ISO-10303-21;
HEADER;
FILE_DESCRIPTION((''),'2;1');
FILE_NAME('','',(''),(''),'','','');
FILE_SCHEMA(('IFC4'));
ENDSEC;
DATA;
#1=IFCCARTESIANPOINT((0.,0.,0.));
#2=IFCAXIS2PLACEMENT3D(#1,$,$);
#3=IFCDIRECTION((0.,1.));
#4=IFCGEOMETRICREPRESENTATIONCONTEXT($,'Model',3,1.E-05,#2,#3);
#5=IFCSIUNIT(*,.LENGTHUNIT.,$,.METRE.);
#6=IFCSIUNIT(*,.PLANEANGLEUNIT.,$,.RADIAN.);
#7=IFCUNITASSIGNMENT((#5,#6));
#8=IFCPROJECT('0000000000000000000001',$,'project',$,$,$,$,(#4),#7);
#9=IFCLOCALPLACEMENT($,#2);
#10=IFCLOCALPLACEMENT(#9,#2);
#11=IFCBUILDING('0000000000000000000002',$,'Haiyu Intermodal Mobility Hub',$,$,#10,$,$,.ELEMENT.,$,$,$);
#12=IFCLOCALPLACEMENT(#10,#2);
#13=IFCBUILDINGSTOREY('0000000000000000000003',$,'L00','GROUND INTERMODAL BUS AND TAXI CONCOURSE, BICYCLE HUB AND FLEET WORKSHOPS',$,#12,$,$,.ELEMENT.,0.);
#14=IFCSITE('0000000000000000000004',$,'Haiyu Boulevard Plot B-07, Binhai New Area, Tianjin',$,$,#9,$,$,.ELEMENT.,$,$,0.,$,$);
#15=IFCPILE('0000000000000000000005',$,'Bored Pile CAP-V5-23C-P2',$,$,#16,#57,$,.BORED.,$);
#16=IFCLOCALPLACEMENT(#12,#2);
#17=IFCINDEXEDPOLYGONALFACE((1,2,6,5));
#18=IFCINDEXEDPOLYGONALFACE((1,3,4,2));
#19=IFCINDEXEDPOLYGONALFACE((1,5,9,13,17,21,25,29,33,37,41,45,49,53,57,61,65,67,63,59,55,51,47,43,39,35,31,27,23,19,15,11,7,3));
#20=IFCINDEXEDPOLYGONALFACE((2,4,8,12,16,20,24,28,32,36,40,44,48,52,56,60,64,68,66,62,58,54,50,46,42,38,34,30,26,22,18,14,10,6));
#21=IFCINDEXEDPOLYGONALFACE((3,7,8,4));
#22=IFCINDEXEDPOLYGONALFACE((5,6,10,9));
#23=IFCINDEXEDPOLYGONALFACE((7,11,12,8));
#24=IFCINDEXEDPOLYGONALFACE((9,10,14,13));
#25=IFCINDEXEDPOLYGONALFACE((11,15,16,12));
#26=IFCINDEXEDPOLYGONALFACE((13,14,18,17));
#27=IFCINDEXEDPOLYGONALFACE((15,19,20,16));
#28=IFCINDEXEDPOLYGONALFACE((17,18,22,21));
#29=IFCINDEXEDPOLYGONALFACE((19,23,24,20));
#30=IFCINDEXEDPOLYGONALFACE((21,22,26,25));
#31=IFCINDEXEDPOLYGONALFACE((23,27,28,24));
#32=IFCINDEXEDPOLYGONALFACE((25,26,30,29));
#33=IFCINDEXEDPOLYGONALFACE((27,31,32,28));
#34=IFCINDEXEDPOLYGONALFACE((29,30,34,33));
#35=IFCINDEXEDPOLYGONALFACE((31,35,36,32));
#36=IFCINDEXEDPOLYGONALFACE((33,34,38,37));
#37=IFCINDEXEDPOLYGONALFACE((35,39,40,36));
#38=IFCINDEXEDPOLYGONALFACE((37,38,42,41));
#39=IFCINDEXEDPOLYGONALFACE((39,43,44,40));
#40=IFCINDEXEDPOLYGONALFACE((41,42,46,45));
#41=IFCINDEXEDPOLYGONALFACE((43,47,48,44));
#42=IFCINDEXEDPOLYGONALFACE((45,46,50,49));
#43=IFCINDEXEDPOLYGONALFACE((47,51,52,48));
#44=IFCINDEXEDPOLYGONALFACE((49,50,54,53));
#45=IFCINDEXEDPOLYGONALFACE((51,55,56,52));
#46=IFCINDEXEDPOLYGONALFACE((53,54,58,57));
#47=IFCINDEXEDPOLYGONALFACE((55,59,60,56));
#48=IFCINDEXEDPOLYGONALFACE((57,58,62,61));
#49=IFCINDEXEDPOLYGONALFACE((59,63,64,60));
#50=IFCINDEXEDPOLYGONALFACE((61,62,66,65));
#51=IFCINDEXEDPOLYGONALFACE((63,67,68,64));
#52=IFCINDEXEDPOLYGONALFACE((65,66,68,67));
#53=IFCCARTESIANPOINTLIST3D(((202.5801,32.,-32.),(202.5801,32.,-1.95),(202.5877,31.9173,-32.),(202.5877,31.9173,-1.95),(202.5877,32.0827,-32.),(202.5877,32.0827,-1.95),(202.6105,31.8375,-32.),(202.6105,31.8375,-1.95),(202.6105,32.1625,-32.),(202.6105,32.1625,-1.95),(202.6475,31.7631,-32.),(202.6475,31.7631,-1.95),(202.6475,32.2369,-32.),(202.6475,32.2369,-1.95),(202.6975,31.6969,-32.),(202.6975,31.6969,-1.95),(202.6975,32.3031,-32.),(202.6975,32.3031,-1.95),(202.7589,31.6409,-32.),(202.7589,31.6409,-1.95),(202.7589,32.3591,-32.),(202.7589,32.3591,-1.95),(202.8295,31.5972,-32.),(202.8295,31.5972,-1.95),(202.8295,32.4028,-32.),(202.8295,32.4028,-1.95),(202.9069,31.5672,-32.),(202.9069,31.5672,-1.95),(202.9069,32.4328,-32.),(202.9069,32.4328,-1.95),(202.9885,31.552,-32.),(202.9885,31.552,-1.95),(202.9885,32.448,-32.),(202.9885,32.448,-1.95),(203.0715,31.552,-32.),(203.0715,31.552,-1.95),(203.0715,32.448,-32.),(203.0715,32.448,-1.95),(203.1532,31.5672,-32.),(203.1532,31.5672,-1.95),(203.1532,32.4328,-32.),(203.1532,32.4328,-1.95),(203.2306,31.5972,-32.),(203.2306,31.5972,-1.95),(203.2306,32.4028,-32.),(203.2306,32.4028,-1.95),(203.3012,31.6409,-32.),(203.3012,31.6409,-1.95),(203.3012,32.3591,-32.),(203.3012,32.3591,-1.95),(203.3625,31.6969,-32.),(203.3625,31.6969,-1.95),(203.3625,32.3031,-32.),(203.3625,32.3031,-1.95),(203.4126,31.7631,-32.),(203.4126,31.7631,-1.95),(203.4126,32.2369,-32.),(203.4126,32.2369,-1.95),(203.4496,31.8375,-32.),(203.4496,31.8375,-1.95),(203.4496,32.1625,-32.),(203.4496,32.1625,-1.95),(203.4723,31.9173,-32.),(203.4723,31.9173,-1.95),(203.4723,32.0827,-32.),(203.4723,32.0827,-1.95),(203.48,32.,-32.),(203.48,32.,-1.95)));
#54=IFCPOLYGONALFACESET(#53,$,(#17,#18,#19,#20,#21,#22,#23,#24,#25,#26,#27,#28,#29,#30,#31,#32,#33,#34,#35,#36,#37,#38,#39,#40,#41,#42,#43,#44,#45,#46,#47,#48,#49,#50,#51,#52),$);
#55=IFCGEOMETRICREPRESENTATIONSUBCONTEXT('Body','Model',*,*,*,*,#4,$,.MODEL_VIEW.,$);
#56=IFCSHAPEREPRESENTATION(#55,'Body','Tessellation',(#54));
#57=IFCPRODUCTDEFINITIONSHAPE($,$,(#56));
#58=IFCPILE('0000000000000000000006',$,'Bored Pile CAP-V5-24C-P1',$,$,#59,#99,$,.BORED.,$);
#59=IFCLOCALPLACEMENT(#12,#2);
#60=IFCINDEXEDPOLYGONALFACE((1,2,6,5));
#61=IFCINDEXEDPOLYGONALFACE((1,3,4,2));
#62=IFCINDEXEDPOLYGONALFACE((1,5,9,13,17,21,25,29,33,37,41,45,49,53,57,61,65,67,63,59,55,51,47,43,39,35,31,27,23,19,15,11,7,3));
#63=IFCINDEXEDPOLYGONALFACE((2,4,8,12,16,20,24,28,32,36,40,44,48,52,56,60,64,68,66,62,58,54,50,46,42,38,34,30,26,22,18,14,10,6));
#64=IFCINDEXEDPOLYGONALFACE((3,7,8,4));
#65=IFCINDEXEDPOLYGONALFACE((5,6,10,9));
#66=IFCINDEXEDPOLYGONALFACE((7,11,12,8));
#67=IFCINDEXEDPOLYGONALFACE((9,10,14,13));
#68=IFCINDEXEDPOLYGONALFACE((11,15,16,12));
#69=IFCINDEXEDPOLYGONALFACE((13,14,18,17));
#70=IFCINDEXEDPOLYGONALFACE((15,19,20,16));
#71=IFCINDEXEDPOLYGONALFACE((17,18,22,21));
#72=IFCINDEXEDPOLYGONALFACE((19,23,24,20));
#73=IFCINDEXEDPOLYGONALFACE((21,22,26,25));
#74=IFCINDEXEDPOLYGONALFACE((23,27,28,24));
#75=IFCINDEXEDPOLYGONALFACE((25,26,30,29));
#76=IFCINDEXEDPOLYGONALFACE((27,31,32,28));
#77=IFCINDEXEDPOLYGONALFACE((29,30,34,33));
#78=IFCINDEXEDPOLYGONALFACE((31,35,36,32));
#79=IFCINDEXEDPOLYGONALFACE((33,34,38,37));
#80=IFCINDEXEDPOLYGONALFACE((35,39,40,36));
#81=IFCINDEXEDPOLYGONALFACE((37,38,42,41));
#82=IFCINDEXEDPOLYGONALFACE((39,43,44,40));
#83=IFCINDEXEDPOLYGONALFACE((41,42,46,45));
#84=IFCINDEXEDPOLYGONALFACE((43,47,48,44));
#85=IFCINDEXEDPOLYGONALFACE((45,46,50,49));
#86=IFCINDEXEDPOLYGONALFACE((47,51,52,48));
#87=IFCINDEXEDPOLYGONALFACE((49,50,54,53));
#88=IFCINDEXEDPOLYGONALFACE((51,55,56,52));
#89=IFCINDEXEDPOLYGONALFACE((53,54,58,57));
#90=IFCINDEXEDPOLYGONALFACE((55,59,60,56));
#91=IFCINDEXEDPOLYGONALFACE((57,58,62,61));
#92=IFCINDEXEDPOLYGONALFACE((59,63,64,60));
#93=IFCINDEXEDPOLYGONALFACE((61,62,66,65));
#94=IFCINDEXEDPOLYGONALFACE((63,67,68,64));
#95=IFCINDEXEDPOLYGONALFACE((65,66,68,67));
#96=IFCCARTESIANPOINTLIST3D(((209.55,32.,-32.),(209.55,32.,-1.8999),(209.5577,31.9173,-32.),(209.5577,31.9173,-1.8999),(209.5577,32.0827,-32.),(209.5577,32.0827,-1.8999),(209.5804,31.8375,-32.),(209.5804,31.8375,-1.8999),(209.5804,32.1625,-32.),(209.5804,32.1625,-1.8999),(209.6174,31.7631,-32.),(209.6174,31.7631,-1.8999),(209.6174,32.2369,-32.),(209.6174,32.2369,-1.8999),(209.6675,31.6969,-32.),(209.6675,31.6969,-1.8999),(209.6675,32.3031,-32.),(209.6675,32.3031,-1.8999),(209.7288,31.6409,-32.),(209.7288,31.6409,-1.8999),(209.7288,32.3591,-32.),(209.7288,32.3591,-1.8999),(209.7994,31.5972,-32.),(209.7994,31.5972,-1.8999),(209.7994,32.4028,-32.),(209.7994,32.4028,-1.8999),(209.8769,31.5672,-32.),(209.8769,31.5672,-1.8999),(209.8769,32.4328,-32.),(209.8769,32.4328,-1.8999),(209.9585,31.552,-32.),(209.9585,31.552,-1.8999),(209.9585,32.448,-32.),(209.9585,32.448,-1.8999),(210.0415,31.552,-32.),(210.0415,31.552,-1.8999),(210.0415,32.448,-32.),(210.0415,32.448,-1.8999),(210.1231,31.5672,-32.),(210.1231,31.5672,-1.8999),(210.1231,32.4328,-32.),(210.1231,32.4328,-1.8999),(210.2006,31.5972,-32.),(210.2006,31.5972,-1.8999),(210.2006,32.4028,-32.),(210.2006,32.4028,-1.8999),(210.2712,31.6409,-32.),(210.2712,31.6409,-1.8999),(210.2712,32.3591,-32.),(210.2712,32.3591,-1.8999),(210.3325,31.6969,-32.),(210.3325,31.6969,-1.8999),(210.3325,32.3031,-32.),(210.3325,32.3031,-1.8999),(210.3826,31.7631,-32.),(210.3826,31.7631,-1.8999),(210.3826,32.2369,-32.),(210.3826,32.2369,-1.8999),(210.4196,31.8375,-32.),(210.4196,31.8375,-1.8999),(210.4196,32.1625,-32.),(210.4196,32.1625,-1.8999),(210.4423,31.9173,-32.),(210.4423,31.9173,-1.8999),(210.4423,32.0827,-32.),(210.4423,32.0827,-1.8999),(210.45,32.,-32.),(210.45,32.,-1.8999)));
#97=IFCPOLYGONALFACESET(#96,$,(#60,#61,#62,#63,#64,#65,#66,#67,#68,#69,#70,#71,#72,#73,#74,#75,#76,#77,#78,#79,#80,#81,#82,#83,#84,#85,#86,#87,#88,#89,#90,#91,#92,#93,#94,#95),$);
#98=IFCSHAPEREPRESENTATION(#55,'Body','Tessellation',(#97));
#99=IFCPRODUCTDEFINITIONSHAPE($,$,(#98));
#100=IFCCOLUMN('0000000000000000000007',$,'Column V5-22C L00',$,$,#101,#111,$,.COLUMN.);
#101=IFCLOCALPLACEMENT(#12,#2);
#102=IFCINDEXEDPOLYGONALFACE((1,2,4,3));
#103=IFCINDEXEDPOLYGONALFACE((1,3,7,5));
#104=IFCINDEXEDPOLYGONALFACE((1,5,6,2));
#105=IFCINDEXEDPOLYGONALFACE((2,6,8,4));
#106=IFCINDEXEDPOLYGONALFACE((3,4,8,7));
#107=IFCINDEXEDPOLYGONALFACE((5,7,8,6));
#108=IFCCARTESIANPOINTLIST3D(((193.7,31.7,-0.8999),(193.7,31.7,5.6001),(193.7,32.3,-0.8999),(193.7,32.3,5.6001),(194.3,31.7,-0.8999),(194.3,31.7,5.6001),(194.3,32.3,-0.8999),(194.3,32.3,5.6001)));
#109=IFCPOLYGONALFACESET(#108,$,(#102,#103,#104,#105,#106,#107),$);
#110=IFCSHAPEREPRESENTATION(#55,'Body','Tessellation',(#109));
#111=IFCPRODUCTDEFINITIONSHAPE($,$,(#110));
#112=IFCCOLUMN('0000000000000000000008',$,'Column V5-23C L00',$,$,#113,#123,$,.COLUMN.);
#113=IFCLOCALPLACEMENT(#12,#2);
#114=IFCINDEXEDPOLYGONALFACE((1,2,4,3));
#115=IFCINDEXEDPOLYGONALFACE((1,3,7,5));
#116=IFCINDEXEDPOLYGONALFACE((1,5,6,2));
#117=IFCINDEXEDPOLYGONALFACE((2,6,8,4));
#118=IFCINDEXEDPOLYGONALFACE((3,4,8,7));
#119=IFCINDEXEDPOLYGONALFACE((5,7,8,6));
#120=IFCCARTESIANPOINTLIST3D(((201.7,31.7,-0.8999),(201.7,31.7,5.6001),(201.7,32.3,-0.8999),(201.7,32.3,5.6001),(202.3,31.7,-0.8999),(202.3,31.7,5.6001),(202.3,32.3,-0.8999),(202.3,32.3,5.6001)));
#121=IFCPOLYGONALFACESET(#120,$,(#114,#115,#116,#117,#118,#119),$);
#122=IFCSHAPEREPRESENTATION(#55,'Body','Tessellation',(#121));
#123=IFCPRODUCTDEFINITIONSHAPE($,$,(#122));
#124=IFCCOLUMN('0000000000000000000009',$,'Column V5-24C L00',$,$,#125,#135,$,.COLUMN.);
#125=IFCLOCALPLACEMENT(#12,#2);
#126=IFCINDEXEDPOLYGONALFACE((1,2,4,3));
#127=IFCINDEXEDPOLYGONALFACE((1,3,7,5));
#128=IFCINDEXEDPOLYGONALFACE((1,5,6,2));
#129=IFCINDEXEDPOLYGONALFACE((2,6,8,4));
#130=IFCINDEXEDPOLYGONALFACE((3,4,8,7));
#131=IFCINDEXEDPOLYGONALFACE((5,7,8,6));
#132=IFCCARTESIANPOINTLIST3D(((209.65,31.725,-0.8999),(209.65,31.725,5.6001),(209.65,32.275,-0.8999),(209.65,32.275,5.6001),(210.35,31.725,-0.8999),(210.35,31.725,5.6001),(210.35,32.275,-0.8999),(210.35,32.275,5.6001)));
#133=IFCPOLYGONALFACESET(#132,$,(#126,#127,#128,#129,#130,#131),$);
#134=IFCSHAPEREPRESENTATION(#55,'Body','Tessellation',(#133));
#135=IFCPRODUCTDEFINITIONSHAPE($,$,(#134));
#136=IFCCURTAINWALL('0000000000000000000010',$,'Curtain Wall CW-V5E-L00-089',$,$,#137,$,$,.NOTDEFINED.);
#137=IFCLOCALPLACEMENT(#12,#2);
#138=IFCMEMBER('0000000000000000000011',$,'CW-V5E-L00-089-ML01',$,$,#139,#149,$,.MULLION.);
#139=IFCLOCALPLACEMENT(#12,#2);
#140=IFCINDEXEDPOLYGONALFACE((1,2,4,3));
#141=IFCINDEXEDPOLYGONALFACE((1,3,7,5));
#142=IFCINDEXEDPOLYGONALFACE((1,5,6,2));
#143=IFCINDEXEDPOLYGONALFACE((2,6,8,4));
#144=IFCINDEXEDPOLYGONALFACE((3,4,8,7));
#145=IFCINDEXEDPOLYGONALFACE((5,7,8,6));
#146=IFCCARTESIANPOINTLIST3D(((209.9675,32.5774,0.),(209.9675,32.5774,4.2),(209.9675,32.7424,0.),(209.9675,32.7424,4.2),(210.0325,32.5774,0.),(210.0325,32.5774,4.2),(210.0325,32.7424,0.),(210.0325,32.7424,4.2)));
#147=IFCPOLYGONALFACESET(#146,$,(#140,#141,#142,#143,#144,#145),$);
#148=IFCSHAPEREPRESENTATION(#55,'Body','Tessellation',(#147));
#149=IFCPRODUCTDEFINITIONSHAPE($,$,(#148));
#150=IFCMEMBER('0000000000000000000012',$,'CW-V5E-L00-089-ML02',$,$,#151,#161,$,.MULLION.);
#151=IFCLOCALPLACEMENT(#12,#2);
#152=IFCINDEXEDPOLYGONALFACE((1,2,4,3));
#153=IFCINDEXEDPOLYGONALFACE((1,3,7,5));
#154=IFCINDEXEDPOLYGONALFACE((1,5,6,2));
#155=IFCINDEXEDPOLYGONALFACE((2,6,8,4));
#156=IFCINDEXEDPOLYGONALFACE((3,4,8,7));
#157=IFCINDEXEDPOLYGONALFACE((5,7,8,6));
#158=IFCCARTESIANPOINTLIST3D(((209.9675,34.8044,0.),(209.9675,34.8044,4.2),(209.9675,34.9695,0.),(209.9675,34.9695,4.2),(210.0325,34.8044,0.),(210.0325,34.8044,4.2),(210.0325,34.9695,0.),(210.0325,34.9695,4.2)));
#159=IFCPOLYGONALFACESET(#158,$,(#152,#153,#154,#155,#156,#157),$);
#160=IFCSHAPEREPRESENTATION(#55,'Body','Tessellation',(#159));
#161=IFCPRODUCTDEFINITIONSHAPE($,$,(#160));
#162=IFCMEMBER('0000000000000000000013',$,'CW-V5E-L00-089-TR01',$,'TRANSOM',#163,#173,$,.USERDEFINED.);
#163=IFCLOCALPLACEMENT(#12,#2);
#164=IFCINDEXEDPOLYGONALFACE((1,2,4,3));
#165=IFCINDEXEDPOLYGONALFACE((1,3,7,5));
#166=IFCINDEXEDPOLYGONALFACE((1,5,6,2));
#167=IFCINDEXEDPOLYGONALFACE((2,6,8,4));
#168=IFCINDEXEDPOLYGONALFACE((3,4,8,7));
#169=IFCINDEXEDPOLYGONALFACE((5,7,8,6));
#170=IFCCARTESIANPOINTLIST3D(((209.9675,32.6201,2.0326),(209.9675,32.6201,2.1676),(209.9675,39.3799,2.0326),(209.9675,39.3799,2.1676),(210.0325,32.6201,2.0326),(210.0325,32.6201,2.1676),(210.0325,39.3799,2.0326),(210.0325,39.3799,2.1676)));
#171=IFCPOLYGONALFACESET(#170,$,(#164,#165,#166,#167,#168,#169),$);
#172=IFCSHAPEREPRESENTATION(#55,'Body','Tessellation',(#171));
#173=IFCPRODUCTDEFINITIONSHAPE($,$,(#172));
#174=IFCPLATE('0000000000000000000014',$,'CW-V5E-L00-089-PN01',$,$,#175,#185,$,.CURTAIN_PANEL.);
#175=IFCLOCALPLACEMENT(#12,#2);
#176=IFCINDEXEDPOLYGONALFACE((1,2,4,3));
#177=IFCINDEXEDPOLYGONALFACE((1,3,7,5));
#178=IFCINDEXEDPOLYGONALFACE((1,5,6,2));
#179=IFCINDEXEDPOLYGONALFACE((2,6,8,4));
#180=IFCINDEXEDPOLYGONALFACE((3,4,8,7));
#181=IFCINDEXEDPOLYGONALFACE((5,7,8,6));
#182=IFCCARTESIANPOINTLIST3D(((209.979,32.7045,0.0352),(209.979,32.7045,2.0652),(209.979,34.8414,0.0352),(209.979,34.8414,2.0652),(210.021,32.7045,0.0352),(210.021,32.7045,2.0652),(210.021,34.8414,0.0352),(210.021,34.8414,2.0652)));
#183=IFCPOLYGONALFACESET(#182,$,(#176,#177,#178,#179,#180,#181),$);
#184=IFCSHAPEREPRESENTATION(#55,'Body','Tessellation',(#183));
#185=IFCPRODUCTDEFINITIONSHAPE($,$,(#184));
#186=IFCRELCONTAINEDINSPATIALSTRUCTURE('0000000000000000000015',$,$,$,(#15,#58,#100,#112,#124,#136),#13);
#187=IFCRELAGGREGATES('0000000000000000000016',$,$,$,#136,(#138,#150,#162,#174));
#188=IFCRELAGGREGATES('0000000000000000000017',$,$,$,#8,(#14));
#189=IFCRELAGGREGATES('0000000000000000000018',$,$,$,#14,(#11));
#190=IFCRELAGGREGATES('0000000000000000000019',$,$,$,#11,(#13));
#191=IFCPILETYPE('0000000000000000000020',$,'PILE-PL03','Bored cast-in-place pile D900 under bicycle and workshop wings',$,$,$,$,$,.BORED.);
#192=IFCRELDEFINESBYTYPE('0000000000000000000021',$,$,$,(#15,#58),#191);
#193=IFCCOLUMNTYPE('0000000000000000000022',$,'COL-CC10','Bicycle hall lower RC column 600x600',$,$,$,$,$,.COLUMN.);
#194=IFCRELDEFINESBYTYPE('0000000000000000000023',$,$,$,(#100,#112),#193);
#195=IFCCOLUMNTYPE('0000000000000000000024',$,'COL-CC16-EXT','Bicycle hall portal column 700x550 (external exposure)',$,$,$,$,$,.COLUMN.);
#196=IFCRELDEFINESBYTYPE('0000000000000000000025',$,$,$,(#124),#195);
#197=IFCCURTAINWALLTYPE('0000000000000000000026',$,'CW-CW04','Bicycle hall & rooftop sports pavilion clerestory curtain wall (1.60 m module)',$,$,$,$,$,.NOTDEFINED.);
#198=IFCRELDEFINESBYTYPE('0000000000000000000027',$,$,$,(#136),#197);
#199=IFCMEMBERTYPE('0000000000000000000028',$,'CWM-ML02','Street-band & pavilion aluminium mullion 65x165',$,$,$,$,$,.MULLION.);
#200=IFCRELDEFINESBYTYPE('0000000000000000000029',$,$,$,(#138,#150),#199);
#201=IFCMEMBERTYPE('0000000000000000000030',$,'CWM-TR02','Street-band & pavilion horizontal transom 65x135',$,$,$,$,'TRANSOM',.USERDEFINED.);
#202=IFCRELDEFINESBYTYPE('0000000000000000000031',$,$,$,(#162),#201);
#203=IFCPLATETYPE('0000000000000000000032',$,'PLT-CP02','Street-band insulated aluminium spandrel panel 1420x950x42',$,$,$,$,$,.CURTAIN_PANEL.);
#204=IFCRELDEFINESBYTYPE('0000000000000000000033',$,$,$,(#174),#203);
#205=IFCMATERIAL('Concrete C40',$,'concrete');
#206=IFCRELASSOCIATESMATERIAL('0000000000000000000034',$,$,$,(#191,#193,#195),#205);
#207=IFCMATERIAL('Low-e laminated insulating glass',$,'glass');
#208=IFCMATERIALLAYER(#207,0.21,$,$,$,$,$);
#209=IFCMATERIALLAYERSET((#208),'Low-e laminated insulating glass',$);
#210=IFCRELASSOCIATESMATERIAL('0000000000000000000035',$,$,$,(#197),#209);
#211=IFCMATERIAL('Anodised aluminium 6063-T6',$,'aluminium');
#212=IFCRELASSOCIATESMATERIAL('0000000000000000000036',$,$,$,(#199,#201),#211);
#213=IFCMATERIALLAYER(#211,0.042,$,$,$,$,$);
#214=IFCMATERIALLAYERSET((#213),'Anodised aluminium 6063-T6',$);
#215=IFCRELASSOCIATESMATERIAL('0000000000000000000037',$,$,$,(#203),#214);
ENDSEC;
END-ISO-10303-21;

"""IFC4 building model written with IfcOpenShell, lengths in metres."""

from ifc_helpers import new_model, si_unit, direction, frame, origin, origin_2d, place, context, subcontext, project, spatial, rectangle, circle, extrude, material, layer, layer_set, material_profile, profile_set, type_object, element, aggregate, save


model = new_model("IFC4")

# Units and contexts
model_context = context("Model", 3, precision=1e-05, world=origin(), true_north=direction((0.0, 1.0)))
body_context = subcontext(model_context, "Body", "Model", "MODEL_VIEW")
ifc_project = project(units=[si_unit("LENGTHUNIT", "METRE"), si_unit("PLANEANGLEUNIT", "RADIAN")], contexts=[model_context])

# Site, building, storey
site_placement = place(None, origin())
site = spatial("IfcSite", under=ifc_project, at=site_placement, Name="Haiyu Boulevard Plot B-07, Binhai New Area, Tianjin", CompositionType="ELEMENT", RefElevation=0.0)
building_placement = place(site_placement, origin())
building = spatial("IfcBuilding", under=site, at=building_placement, Name="Haiyu Intermodal Mobility Hub", CompositionType="ELEMENT")
storey_placement = place(building_placement, origin())
storey = spatial("IfcBuildingStorey", under=building, at=storey_placement, Name="L00", Description="GROUND INTERMODAL BUS AND TAXI CONCOURSE, BICYCLE HUB AND FLEET WORKSHOPS", CompositionType="ELEMENT", Elevation=0.0)

# Shared definitions
ifc_material_1 = material(Name="Concrete C40", Category="concrete")

# Piles
ifc_material_profile_1 = material_profile(ifc_material_1, circle(Radius=0.45, at=origin_2d()), Name="PILE-D900")
ifc_profile_set_1 = profile_set([ifc_material_profile_1], Name="Concrete C40")
pile_type = type_object("IfcPileType", Name="PILE-PL03", Description="Bored cast-in-place pile D900 under bicycle and workshop wings", PredefinedType="BORED", material=ifc_profile_set_1)
for number, where, z_axis, x_axis, name in (
    (1, (203.03, 32.0, -1.95), (0.0, 0.0, -1.0), (1.0, 0.0, 0.0), "Bored Pile CAP-V5-23C-P2"),
):
    element("IfcPile", number, at=place(storey_placement, frame(where, z_axis=z_axis, x_axis=x_axis)), inside=storey, type_object=pile_type, Name=name, PredefinedType="BORED", context=body_context, shape_type="SweptSolid", body=[
        extrude(circle(Radius=0.45, at=origin_2d()), origin(), (0.0, 0.0, 1.0), 30.05),
    ])
pile_placement = place(storey_placement, frame((210.0, 32.0, -1.8999), z_axis=(0.0, 0.0, -1.0), x_axis=(1.0, 0.0, 0.0)))
element("IfcPile", 2, at=pile_placement, inside=storey, type_object=pile_type, Name="Bored Pile CAP-V5-24C-P1", PredefinedType="BORED", context=body_context, shape_type="SweptSolid", body=[
    extrude(circle(Radius=0.45, at=origin_2d()), origin(), (0.0, 0.0, 1.0), 30.1001),
])

# Columns
ifc_material_profile_2 = material_profile(ifc_material_1, rectangle(XDim=0.6001, YDim=0.6001, at=origin_2d()), Name="RC600x600")
ifc_profile_set_2 = profile_set([ifc_material_profile_2], Name="Concrete C40")
column_type_1 = type_object("IfcColumnType", Name="COL-CC10", Description="Bicycle hall lower RC column 600x600", PredefinedType="COLUMN", material=ifc_profile_set_2)
for number, where, z_axis, x_axis, name in (
    (3, (194.0, 32.0, -0.8999), (0.0, 0.0, 1.0), (1.0, 0.0, 0.0), "Column V5-22C L00"),
    (4, (202.0, 32.0, -0.8999), (0.0, 0.0, 1.0), (1.0, 0.0, 0.0), "Column V5-23C L00"),
):
    element("IfcColumn", number, at=place(storey_placement, frame(where, z_axis=z_axis, x_axis=x_axis)), inside=storey, type_object=column_type_1, Name=name, PredefinedType="COLUMN", context=body_context, shape_type="SweptSolid", body=[
        extrude(rectangle(XDim=0.6001, YDim=0.6001, at=origin_2d()), origin(), (0.0, 0.0, 1.0), 6.5),
    ])
ifc_material_profile_3 = material_profile(ifc_material_1, rectangle(XDim=0.7, YDim=0.55, at=origin_2d()), Name="C700x550")
ifc_profile_set_3 = profile_set([ifc_material_profile_3], Name="Concrete C40")
column_type_2 = type_object("IfcColumnType", Name="COL-CC16-EXT", Description="Bicycle hall portal column 700x550 (external exposure)", PredefinedType="COLUMN", material=ifc_profile_set_3)
column_placement = place(storey_placement, frame((210.0, 32.0, -0.8999), z_axis=(0.0, 0.0, 1.0), x_axis=(1.0, 0.0, 0.0)))
element("IfcColumn", 5, at=column_placement, inside=storey, type_object=column_type_2, Name="Column V5-24C L00", PredefinedType="COLUMN", context=body_context, shape_type="SweptSolid", body=[
    extrude(rectangle(XDim=0.7, YDim=0.55, at=origin_2d()), origin(), (0.0, 0.0, 1.0), 6.5),
])

# Curtain wall, members, plate
ifc_material_2 = material(Name="Low-e laminated insulating glass", Category="glass")
ifc_layer_1 = layer(ifc_material_2, 0.21)
ifc_layer_set_1 = layer_set([ifc_layer_1], Name="Low-e laminated insulating glass")
curtain_wall_type = type_object("IfcCurtainWallType", Name="CW-CW04", Description="Bicycle hall & rooftop sports pavilion clerestory curtain wall (1.60 m module)", PredefinedType="NOTDEFINED", material=ifc_layer_set_1)
curtain_wall_placement = place(storey_placement, origin())
curtain_wall = element("IfcCurtainWall", 6, at=curtain_wall_placement, inside=storey, type_object=curtain_wall_type, Name="Curtain Wall CW-V5E-L00-089", PredefinedType="NOTDEFINED")
ifc_material_3 = material(Name="Anodised aluminium 6063-T6", Category="aluminium")
ifc_material_profile_4 = material_profile(ifc_material_3, rectangle(XDim=0.0649, YDim=0.165, at=origin_2d()), Name="ALU65x165")
ifc_profile_set_4 = profile_set([ifc_material_profile_4], Name="Anodised aluminium 6063-T6")
member_type_1 = type_object("IfcMemberType", Name="CWM-ML02", Description="Street-band & pavilion aluminium mullion 65x165", PredefinedType="MULLION", material=ifc_profile_set_4)
member_1_placement = place(storey_placement, frame((210.0, 32.6599, 0.0), z_axis=(0.0, 0.0, 1.0), x_axis=(1.0, 0.0, 0.0)))
member_1 = element("IfcMember", 7, at=member_1_placement, type_object=member_type_1, Name="CW-V5E-L00-089-ML01", PredefinedType="MULLION", context=body_context, shape_type="SweptSolid", body=[
    extrude(rectangle(XDim=0.0649, YDim=0.165, at=origin_2d()), origin(), (0.0, 0.0, 1.0), 4.2),
])
member_2_placement = place(storey_placement, frame((210.0, 34.887, 0.0), z_axis=(0.0, 0.0, 1.0), x_axis=(1.0, 0.0, 0.0)))
member_2 = element("IfcMember", 8, at=member_2_placement, type_object=member_type_1, Name="CW-V5E-L00-089-ML02", PredefinedType="MULLION", context=body_context, shape_type="SweptSolid", body=[
    extrude(rectangle(XDim=0.0649, YDim=0.165, at=origin_2d()), origin(), (0.0, 0.0, 1.0), 4.2),
])
ifc_material_profile_5 = material_profile(ifc_material_3, rectangle(XDim=0.0649, YDim=0.135, at=origin_2d()), Name="ALU65x135")
ifc_profile_set_5 = profile_set([ifc_material_profile_5], Name="Anodised aluminium 6063-T6")
member_type_2 = type_object("IfcMemberType", Name="CWM-TR02", Description="Street-band & pavilion horizontal transom 65x135", ElementType="TRANSOM", PredefinedType="USERDEFINED", material=ifc_profile_set_5)
member_3_placement = place(storey_placement, frame((210.0, 32.6201, 2.1001), z_axis=(0.0, 1.0, 0.0), x_axis=(-1.0, 0.0, 0.0)))
member_3 = element("IfcMember", 9, at=member_3_placement, type_object=member_type_2, Name="CW-V5E-L00-089-TR01", ObjectType="TRANSOM", PredefinedType="USERDEFINED", context=body_context, shape_type="SweptSolid", body=[
    extrude(rectangle(XDim=0.0649, YDim=0.135, at=origin_2d()), origin(), (0.0, 0.0, 1.0), 6.7598),
])
ifc_layer_2 = layer(ifc_material_3, 0.042)
ifc_layer_set_2 = layer_set([ifc_layer_2], Name="Anodised aluminium 6063-T6")
plate_type_1 = type_object("IfcPlateType", Name="PLT-CP02", Description="Street-band insulated aluminium spandrel panel 1420x950x42", PredefinedType="CURTAIN_PANEL", material=ifc_layer_set_2)
plate_1_placement = place(storey_placement, frame((210.0, 33.7729, 0.0352), z_axis=(0.0, 0.0, 1.0), x_axis=(0.0, 1.0, 0.0)))
plate_1 = element("IfcPlate", 10, at=plate_1_placement, type_object=plate_type_1, Name="CW-V5E-L00-089-PN01", PredefinedType="CURTAIN_PANEL", context=body_context, shape_type="SweptSolid", body=[
    extrude(rectangle(XDim=2.137, YDim=0.042, at=origin_2d()), origin(), (0.0, 0.0, 1.0), 2.03),
])
aggregate(curtain_wall, [member_1, member_2, member_3, plate_1])

save(model, "model.ifc")
